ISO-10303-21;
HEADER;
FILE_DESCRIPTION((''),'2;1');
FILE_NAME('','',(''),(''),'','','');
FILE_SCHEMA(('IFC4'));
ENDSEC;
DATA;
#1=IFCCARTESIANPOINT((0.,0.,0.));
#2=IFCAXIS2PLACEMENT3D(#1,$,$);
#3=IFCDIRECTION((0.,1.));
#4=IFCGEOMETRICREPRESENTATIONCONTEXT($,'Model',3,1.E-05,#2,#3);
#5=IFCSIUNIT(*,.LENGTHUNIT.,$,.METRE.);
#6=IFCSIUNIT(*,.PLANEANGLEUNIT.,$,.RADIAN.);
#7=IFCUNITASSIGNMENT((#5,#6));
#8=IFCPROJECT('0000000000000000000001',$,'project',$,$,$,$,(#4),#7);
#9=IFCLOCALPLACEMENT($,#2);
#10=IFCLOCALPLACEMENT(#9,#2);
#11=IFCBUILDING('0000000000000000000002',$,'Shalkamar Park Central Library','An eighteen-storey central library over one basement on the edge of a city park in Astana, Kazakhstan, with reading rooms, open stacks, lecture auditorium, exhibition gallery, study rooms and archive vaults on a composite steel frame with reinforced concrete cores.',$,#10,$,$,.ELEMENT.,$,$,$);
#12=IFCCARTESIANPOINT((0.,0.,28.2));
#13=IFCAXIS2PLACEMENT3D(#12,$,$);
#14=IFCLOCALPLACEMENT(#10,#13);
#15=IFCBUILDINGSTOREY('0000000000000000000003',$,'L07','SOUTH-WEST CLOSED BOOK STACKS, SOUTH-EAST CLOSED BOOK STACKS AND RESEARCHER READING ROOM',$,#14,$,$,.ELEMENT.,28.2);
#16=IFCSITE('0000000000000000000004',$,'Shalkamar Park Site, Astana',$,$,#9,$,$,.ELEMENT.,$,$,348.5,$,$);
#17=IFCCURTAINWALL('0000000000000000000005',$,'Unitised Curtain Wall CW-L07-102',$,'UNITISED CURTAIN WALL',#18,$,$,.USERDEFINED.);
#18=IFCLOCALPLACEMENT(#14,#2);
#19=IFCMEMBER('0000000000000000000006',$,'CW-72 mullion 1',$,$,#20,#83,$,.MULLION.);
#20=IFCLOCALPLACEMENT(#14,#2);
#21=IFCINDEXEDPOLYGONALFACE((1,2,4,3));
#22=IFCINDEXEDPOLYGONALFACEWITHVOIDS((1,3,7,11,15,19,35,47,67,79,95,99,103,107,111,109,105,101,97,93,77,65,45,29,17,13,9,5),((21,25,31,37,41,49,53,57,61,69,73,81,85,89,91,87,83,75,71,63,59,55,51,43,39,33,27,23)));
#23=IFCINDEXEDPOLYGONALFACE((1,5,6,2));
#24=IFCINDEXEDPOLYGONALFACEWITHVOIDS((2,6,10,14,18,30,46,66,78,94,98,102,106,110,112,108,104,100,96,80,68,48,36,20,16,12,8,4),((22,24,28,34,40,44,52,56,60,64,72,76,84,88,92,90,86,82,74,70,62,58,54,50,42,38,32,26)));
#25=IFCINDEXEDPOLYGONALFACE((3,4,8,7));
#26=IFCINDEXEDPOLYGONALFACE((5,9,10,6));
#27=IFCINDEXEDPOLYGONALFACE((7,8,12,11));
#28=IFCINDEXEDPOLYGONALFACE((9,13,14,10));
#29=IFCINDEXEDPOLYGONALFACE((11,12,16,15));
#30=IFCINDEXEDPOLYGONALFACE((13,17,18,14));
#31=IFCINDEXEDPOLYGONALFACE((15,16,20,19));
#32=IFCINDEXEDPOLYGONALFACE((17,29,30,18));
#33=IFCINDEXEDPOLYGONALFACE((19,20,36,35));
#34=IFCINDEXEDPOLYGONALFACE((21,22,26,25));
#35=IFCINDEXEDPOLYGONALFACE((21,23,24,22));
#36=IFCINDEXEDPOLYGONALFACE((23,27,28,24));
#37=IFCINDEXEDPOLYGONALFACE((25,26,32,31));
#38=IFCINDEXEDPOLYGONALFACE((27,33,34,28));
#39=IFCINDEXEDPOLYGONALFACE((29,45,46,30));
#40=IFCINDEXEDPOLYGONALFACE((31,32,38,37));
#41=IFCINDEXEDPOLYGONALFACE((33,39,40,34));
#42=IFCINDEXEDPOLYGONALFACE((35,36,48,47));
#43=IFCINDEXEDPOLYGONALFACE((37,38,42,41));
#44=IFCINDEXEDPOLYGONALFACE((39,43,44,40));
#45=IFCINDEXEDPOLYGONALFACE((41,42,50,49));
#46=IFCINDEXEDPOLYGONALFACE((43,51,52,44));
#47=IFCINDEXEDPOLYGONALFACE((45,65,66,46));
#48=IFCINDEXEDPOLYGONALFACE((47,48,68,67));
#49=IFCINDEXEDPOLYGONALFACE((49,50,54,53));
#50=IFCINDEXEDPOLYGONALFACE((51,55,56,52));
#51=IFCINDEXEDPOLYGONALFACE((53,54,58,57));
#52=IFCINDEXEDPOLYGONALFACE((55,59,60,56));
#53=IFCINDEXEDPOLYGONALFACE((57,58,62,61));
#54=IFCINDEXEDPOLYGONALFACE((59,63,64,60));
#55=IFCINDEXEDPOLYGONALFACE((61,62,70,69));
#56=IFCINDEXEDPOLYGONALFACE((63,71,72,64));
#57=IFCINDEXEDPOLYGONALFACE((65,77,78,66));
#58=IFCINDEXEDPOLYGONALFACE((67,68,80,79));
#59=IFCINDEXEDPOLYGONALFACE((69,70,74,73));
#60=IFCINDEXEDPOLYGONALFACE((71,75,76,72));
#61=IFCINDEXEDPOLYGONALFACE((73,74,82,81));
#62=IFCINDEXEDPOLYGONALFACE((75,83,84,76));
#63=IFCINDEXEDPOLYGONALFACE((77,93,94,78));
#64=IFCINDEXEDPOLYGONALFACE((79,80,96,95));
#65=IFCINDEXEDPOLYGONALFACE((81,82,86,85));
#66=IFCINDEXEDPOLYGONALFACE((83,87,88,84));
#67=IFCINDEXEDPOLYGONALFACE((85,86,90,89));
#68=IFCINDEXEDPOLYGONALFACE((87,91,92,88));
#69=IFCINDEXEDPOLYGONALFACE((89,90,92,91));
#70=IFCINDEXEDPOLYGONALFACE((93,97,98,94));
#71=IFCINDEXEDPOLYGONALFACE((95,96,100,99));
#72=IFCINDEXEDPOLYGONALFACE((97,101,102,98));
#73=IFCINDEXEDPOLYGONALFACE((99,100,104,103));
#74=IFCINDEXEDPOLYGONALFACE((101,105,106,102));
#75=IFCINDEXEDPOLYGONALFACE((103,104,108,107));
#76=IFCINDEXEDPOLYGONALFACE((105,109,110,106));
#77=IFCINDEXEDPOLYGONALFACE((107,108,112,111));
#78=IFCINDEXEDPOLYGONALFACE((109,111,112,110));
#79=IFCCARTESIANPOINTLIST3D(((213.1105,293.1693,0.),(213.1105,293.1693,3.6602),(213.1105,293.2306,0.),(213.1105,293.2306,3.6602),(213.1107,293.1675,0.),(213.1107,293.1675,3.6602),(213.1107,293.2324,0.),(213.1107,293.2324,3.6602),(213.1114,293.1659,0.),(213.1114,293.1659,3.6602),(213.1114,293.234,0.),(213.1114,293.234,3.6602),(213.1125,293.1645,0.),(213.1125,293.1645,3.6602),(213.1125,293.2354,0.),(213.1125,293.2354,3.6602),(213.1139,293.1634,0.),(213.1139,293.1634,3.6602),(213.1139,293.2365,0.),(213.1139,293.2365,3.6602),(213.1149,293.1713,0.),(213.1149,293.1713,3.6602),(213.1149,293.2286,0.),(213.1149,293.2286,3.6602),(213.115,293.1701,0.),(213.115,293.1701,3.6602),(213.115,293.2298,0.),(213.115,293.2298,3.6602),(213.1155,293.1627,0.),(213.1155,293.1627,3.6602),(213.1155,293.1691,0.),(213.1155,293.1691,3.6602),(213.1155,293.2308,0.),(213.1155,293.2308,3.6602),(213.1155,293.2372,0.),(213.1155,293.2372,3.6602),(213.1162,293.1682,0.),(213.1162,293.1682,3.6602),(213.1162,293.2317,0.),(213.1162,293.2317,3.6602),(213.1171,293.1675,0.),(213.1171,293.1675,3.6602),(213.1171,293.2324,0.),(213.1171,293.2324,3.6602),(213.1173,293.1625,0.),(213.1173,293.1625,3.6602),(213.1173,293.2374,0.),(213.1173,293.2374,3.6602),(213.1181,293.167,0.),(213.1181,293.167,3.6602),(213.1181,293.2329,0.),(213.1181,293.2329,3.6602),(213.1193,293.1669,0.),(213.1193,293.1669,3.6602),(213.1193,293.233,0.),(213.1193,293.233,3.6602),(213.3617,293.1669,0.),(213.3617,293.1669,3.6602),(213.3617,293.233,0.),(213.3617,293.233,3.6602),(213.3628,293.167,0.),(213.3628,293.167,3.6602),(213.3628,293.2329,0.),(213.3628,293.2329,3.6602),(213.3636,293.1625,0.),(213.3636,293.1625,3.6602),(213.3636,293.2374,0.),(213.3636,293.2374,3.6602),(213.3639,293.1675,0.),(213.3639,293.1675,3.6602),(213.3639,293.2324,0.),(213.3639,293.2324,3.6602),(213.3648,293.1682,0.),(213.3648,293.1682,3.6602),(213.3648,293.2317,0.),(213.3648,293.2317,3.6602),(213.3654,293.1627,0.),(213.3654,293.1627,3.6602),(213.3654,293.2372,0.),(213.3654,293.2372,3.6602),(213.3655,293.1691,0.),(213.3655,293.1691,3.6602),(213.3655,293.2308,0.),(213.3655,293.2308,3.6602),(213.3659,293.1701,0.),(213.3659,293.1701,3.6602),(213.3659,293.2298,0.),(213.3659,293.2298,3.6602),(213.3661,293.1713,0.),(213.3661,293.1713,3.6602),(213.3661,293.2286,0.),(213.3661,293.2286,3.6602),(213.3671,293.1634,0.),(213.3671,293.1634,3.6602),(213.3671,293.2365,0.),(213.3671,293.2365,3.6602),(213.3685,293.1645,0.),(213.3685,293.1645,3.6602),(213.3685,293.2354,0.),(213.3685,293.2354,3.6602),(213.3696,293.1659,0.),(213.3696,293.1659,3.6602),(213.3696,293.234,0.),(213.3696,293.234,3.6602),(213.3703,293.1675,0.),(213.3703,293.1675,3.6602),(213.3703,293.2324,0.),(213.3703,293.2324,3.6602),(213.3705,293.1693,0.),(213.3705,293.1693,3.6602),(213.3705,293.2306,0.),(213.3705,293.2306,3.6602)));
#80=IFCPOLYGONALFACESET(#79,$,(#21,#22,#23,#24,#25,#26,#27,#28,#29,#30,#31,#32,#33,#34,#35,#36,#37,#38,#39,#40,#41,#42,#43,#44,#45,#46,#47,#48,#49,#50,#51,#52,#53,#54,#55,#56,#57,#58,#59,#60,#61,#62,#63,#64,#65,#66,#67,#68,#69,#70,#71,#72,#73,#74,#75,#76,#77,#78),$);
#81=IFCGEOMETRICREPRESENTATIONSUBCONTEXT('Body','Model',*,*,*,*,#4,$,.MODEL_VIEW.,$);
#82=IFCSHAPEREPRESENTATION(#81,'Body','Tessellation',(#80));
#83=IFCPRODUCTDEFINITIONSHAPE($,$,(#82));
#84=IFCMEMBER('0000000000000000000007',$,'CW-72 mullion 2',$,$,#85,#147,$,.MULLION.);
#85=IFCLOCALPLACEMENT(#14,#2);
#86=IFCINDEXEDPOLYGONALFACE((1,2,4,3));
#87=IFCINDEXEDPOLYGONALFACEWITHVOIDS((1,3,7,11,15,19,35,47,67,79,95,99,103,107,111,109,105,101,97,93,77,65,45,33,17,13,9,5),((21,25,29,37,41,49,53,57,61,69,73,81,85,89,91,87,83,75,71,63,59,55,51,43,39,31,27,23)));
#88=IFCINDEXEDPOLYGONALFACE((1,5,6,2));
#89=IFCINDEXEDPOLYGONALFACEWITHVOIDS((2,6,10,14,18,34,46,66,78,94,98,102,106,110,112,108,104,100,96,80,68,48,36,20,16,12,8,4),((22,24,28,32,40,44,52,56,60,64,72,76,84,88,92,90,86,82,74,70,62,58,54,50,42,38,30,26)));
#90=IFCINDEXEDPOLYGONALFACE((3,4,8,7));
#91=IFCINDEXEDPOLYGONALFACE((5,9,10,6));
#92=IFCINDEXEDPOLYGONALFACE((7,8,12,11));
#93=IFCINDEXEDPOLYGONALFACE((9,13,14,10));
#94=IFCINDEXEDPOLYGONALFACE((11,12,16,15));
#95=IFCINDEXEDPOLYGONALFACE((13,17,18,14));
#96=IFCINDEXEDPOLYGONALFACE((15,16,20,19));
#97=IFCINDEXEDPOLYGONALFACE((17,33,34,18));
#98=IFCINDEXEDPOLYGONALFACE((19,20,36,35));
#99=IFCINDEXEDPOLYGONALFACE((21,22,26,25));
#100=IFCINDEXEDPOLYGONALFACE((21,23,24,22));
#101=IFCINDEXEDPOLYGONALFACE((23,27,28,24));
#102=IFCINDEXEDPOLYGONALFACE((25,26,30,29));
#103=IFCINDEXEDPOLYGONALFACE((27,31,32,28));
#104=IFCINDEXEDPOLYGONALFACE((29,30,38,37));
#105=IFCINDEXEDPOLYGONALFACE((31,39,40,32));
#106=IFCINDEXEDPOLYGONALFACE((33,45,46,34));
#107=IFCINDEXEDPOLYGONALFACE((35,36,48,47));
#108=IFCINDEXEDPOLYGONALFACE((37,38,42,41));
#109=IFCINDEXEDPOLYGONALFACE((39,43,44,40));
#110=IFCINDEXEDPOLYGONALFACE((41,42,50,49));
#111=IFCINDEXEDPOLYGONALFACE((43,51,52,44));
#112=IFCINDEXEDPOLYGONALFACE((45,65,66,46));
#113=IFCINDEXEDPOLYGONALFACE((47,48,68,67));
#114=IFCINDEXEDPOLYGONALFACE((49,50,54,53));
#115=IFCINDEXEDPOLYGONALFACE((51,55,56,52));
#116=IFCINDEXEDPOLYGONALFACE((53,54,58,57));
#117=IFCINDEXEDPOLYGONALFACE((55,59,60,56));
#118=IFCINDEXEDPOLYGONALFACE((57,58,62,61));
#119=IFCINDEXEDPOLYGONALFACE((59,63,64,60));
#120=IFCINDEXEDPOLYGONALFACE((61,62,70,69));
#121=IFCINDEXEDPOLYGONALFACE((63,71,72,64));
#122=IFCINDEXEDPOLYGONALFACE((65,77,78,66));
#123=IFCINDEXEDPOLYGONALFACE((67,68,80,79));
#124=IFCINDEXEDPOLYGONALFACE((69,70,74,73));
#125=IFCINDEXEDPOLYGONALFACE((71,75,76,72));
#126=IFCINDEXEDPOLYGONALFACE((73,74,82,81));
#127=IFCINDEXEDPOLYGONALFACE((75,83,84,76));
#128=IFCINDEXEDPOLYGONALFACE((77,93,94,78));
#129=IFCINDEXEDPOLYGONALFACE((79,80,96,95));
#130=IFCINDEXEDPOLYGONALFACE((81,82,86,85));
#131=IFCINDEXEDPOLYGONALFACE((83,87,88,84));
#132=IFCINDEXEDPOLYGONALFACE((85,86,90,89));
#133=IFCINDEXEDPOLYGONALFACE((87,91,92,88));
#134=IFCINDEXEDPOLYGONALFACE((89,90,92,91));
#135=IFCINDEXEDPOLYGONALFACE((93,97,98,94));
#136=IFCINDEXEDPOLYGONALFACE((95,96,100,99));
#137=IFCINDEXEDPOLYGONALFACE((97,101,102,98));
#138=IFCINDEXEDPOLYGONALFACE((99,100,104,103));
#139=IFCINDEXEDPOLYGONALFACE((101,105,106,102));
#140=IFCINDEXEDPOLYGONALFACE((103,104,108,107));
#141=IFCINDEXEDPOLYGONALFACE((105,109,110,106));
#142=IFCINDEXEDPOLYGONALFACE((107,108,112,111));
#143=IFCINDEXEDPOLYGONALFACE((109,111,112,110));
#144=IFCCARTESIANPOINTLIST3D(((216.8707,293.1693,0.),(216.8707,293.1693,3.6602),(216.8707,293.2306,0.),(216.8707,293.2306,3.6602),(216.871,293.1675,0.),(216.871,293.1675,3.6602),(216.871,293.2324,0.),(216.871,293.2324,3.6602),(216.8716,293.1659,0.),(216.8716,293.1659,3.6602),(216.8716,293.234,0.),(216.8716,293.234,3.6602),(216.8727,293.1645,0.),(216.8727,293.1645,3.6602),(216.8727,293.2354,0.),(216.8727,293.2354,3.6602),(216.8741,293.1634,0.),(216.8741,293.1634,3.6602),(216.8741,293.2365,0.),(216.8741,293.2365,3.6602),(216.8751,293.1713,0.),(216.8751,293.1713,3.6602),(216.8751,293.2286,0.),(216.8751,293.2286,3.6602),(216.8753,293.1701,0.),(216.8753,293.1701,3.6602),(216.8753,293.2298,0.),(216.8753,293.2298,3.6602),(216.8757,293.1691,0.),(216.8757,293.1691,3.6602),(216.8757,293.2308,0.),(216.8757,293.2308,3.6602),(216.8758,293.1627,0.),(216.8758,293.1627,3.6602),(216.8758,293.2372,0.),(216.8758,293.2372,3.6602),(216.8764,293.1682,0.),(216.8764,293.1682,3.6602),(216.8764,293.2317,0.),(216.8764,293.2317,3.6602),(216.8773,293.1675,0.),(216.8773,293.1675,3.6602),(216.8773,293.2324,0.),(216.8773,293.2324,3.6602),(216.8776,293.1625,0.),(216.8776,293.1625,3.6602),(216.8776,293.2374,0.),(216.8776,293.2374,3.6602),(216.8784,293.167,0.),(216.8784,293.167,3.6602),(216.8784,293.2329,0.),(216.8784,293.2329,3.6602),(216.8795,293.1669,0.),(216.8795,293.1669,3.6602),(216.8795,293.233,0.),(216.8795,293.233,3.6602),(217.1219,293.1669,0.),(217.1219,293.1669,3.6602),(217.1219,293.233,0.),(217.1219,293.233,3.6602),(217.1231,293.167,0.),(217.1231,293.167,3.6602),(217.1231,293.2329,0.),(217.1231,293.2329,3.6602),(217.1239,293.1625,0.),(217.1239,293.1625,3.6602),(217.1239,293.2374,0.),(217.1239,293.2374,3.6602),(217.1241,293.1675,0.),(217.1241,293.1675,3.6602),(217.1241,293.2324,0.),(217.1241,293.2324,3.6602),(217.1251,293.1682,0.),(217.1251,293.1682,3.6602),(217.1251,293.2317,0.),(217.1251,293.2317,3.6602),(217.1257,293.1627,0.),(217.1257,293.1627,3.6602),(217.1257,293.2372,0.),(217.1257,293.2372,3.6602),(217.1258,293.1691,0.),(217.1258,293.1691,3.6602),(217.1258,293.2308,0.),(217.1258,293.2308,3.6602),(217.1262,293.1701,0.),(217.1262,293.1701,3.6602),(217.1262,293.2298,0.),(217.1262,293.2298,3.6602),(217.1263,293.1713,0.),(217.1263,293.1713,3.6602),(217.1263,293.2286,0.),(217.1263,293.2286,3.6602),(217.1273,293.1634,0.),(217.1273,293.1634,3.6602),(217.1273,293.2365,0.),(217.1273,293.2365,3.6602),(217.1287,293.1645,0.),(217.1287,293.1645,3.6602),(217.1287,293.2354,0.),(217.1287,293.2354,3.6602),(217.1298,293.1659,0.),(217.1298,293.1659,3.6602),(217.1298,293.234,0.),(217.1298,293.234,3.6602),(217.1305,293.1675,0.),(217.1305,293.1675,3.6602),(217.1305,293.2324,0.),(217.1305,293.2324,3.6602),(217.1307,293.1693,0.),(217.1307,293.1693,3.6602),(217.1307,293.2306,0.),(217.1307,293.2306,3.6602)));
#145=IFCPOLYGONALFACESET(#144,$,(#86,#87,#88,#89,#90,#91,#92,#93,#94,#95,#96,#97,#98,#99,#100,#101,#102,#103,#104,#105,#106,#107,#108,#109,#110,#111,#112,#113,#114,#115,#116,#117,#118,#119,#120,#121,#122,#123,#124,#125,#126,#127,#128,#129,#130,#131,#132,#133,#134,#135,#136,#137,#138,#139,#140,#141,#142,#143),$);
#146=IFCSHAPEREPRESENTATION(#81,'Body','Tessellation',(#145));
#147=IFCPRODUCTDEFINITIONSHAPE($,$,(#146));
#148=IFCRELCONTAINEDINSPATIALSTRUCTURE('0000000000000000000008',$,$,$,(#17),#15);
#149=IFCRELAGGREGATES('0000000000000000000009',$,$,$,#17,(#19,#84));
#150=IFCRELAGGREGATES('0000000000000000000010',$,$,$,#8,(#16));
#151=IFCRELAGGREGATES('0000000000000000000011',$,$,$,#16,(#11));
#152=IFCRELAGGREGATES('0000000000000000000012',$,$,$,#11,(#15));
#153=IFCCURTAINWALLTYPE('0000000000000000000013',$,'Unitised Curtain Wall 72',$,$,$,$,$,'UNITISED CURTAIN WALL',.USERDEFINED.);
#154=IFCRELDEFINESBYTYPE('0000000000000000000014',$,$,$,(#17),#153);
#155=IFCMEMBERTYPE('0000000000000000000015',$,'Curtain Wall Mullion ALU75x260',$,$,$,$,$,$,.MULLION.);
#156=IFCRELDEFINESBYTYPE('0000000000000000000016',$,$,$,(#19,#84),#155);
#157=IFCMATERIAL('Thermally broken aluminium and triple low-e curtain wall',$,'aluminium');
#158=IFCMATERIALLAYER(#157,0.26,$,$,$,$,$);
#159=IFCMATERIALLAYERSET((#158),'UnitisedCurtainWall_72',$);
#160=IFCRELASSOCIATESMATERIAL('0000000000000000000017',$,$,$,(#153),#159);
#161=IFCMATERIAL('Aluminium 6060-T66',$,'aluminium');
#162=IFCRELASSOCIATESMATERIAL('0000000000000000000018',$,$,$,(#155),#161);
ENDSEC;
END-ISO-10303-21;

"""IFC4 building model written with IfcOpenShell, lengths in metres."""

from ifc_helpers import new_model, si_unit, direction, frame, origin, origin_2d, place, context, subcontext, project, spatial, hollow_rectangle, extrude, material, layer, layer_set, material_profile, profile_set, type_object, element, aggregate, save


model = new_model("IFC4")

# Units and contexts
model_context = context("Model", 3, precision=1e-05, world=origin(), true_north=direction((0.0, 1.0)))
body_context = subcontext(model_context, "Body", "Model", "MODEL_VIEW")
ifc_project = project(units=[si_unit("LENGTHUNIT", "METRE"), si_unit("PLANEANGLEUNIT", "RADIAN")], contexts=[model_context])

# Site, building, storey
site_placement = place(None, origin())
site = spatial("IfcSite", under=ifc_project, at=site_placement, Name="Shalkamar Park Site, Astana", CompositionType="ELEMENT", RefElevation=348.5)
building_placement = place(site_placement, origin())
building = spatial("IfcBuilding", under=site, at=building_placement, Name="Shalkamar Park Central Library", Description="An eighteen-storey central library over one basement on the edge of a city park in Astana, Kazakhstan, with reading rooms, open stacks, lecture auditorium, exhibition gallery, study rooms and archive vaults on a composite steel frame with reinforced concrete cores.", CompositionType="ELEMENT")
storey_placement = place(building_placement, frame((0.0, 0.0, 28.2)))
storey = spatial("IfcBuildingStorey", under=building, at=storey_placement, Name="L07", Description="SOUTH-WEST CLOSED BOOK STACKS, SOUTH-EAST CLOSED BOOK STACKS AND RESEARCHER READING ROOM", CompositionType="ELEMENT", Elevation=28.2)

# Shared definitions
ifc_material_1 = material(Name="Thermally broken aluminium and triple low-e curtain wall", Category="aluminium")
ifc_material_2 = material(Name="Aluminium 6060-T66", Category="aluminium")

# Curtain wall, members
ifc_layer_1 = layer(ifc_material_1, 0.26)
ifc_layer_set_1 = layer_set([ifc_layer_1], Name="UnitisedCurtainWall_72")
curtain_wall_type_1 = type_object("IfcCurtainWallType", Name="Unitised Curtain Wall 72", ElementType="UNITISED CURTAIN WALL", PredefinedType="USERDEFINED", material=ifc_layer_set_1)
curtain_wall_1_placement = place(storey_placement, origin())
curtain_wall_1 = element("IfcCurtainWall", 1, at=curtain_wall_1_placement, inside=storey, type_object=curtain_wall_type_1, Name="Unitised Curtain Wall CW-L07-102", ObjectType="UNITISED CURTAIN WALL", PredefinedType="USERDEFINED")
ifc_material_profile_1 = material_profile(ifc_material_2, hollow_rectangle(XDim=0.075, YDim=0.26, WallThickness=0.0044, InnerFilletRadius=0.0044, OuterFilletRadius=0.0068, at=origin_2d()), Name="ALU 75x260x4.5")
ifc_profile_set_1 = profile_set([ifc_material_profile_1], Name="Aluminium 6060-T66")
member_type_1 = type_object("IfcMemberType", Name="Curtain Wall Mullion ALU75x260", PredefinedType="MULLION", material=ifc_profile_set_1)
member_1_placement = place(storey_placement, frame((213.2405, 293.2, 0.0), z_axis=(0.0, 0.0, 1.0), x_axis=(0.0, 1.0, 0.0)))
member_1 = element("IfcMember", 2, at=member_1_placement, type_object=member_type_1, Name="CW-72 mullion 1", PredefinedType="MULLION", context=body_context, shape_type="SweptSolid", body=[
    extrude(hollow_rectangle(XDim=0.075, YDim=0.26, WallThickness=0.0044, InnerFilletRadius=0.0044, OuterFilletRadius=0.0068, at=origin_2d()), origin(), (0.0, 0.0, 1.0), 3.6602),
])
member_2_placement = place(storey_placement, frame((217.0007, 293.2, 0.0), z_axis=(0.0, 0.0, 1.0), x_axis=(0.0, 1.0, 0.0)))
member_2 = element("IfcMember", 3, at=member_2_placement, type_object=member_type_1, Name="CW-72 mullion 2", PredefinedType="MULLION", context=body_context, shape_type="SweptSolid", body=[
    extrude(hollow_rectangle(XDim=0.075, YDim=0.26, WallThickness=0.0044, InnerFilletRadius=0.0044, OuterFilletRadius=0.0068, at=origin_2d()), origin(), (0.0, 0.0, 1.0), 3.6602),
])

aggregate(curtain_wall_1, [member_1, member_2])

save(model, "model.ifc")
